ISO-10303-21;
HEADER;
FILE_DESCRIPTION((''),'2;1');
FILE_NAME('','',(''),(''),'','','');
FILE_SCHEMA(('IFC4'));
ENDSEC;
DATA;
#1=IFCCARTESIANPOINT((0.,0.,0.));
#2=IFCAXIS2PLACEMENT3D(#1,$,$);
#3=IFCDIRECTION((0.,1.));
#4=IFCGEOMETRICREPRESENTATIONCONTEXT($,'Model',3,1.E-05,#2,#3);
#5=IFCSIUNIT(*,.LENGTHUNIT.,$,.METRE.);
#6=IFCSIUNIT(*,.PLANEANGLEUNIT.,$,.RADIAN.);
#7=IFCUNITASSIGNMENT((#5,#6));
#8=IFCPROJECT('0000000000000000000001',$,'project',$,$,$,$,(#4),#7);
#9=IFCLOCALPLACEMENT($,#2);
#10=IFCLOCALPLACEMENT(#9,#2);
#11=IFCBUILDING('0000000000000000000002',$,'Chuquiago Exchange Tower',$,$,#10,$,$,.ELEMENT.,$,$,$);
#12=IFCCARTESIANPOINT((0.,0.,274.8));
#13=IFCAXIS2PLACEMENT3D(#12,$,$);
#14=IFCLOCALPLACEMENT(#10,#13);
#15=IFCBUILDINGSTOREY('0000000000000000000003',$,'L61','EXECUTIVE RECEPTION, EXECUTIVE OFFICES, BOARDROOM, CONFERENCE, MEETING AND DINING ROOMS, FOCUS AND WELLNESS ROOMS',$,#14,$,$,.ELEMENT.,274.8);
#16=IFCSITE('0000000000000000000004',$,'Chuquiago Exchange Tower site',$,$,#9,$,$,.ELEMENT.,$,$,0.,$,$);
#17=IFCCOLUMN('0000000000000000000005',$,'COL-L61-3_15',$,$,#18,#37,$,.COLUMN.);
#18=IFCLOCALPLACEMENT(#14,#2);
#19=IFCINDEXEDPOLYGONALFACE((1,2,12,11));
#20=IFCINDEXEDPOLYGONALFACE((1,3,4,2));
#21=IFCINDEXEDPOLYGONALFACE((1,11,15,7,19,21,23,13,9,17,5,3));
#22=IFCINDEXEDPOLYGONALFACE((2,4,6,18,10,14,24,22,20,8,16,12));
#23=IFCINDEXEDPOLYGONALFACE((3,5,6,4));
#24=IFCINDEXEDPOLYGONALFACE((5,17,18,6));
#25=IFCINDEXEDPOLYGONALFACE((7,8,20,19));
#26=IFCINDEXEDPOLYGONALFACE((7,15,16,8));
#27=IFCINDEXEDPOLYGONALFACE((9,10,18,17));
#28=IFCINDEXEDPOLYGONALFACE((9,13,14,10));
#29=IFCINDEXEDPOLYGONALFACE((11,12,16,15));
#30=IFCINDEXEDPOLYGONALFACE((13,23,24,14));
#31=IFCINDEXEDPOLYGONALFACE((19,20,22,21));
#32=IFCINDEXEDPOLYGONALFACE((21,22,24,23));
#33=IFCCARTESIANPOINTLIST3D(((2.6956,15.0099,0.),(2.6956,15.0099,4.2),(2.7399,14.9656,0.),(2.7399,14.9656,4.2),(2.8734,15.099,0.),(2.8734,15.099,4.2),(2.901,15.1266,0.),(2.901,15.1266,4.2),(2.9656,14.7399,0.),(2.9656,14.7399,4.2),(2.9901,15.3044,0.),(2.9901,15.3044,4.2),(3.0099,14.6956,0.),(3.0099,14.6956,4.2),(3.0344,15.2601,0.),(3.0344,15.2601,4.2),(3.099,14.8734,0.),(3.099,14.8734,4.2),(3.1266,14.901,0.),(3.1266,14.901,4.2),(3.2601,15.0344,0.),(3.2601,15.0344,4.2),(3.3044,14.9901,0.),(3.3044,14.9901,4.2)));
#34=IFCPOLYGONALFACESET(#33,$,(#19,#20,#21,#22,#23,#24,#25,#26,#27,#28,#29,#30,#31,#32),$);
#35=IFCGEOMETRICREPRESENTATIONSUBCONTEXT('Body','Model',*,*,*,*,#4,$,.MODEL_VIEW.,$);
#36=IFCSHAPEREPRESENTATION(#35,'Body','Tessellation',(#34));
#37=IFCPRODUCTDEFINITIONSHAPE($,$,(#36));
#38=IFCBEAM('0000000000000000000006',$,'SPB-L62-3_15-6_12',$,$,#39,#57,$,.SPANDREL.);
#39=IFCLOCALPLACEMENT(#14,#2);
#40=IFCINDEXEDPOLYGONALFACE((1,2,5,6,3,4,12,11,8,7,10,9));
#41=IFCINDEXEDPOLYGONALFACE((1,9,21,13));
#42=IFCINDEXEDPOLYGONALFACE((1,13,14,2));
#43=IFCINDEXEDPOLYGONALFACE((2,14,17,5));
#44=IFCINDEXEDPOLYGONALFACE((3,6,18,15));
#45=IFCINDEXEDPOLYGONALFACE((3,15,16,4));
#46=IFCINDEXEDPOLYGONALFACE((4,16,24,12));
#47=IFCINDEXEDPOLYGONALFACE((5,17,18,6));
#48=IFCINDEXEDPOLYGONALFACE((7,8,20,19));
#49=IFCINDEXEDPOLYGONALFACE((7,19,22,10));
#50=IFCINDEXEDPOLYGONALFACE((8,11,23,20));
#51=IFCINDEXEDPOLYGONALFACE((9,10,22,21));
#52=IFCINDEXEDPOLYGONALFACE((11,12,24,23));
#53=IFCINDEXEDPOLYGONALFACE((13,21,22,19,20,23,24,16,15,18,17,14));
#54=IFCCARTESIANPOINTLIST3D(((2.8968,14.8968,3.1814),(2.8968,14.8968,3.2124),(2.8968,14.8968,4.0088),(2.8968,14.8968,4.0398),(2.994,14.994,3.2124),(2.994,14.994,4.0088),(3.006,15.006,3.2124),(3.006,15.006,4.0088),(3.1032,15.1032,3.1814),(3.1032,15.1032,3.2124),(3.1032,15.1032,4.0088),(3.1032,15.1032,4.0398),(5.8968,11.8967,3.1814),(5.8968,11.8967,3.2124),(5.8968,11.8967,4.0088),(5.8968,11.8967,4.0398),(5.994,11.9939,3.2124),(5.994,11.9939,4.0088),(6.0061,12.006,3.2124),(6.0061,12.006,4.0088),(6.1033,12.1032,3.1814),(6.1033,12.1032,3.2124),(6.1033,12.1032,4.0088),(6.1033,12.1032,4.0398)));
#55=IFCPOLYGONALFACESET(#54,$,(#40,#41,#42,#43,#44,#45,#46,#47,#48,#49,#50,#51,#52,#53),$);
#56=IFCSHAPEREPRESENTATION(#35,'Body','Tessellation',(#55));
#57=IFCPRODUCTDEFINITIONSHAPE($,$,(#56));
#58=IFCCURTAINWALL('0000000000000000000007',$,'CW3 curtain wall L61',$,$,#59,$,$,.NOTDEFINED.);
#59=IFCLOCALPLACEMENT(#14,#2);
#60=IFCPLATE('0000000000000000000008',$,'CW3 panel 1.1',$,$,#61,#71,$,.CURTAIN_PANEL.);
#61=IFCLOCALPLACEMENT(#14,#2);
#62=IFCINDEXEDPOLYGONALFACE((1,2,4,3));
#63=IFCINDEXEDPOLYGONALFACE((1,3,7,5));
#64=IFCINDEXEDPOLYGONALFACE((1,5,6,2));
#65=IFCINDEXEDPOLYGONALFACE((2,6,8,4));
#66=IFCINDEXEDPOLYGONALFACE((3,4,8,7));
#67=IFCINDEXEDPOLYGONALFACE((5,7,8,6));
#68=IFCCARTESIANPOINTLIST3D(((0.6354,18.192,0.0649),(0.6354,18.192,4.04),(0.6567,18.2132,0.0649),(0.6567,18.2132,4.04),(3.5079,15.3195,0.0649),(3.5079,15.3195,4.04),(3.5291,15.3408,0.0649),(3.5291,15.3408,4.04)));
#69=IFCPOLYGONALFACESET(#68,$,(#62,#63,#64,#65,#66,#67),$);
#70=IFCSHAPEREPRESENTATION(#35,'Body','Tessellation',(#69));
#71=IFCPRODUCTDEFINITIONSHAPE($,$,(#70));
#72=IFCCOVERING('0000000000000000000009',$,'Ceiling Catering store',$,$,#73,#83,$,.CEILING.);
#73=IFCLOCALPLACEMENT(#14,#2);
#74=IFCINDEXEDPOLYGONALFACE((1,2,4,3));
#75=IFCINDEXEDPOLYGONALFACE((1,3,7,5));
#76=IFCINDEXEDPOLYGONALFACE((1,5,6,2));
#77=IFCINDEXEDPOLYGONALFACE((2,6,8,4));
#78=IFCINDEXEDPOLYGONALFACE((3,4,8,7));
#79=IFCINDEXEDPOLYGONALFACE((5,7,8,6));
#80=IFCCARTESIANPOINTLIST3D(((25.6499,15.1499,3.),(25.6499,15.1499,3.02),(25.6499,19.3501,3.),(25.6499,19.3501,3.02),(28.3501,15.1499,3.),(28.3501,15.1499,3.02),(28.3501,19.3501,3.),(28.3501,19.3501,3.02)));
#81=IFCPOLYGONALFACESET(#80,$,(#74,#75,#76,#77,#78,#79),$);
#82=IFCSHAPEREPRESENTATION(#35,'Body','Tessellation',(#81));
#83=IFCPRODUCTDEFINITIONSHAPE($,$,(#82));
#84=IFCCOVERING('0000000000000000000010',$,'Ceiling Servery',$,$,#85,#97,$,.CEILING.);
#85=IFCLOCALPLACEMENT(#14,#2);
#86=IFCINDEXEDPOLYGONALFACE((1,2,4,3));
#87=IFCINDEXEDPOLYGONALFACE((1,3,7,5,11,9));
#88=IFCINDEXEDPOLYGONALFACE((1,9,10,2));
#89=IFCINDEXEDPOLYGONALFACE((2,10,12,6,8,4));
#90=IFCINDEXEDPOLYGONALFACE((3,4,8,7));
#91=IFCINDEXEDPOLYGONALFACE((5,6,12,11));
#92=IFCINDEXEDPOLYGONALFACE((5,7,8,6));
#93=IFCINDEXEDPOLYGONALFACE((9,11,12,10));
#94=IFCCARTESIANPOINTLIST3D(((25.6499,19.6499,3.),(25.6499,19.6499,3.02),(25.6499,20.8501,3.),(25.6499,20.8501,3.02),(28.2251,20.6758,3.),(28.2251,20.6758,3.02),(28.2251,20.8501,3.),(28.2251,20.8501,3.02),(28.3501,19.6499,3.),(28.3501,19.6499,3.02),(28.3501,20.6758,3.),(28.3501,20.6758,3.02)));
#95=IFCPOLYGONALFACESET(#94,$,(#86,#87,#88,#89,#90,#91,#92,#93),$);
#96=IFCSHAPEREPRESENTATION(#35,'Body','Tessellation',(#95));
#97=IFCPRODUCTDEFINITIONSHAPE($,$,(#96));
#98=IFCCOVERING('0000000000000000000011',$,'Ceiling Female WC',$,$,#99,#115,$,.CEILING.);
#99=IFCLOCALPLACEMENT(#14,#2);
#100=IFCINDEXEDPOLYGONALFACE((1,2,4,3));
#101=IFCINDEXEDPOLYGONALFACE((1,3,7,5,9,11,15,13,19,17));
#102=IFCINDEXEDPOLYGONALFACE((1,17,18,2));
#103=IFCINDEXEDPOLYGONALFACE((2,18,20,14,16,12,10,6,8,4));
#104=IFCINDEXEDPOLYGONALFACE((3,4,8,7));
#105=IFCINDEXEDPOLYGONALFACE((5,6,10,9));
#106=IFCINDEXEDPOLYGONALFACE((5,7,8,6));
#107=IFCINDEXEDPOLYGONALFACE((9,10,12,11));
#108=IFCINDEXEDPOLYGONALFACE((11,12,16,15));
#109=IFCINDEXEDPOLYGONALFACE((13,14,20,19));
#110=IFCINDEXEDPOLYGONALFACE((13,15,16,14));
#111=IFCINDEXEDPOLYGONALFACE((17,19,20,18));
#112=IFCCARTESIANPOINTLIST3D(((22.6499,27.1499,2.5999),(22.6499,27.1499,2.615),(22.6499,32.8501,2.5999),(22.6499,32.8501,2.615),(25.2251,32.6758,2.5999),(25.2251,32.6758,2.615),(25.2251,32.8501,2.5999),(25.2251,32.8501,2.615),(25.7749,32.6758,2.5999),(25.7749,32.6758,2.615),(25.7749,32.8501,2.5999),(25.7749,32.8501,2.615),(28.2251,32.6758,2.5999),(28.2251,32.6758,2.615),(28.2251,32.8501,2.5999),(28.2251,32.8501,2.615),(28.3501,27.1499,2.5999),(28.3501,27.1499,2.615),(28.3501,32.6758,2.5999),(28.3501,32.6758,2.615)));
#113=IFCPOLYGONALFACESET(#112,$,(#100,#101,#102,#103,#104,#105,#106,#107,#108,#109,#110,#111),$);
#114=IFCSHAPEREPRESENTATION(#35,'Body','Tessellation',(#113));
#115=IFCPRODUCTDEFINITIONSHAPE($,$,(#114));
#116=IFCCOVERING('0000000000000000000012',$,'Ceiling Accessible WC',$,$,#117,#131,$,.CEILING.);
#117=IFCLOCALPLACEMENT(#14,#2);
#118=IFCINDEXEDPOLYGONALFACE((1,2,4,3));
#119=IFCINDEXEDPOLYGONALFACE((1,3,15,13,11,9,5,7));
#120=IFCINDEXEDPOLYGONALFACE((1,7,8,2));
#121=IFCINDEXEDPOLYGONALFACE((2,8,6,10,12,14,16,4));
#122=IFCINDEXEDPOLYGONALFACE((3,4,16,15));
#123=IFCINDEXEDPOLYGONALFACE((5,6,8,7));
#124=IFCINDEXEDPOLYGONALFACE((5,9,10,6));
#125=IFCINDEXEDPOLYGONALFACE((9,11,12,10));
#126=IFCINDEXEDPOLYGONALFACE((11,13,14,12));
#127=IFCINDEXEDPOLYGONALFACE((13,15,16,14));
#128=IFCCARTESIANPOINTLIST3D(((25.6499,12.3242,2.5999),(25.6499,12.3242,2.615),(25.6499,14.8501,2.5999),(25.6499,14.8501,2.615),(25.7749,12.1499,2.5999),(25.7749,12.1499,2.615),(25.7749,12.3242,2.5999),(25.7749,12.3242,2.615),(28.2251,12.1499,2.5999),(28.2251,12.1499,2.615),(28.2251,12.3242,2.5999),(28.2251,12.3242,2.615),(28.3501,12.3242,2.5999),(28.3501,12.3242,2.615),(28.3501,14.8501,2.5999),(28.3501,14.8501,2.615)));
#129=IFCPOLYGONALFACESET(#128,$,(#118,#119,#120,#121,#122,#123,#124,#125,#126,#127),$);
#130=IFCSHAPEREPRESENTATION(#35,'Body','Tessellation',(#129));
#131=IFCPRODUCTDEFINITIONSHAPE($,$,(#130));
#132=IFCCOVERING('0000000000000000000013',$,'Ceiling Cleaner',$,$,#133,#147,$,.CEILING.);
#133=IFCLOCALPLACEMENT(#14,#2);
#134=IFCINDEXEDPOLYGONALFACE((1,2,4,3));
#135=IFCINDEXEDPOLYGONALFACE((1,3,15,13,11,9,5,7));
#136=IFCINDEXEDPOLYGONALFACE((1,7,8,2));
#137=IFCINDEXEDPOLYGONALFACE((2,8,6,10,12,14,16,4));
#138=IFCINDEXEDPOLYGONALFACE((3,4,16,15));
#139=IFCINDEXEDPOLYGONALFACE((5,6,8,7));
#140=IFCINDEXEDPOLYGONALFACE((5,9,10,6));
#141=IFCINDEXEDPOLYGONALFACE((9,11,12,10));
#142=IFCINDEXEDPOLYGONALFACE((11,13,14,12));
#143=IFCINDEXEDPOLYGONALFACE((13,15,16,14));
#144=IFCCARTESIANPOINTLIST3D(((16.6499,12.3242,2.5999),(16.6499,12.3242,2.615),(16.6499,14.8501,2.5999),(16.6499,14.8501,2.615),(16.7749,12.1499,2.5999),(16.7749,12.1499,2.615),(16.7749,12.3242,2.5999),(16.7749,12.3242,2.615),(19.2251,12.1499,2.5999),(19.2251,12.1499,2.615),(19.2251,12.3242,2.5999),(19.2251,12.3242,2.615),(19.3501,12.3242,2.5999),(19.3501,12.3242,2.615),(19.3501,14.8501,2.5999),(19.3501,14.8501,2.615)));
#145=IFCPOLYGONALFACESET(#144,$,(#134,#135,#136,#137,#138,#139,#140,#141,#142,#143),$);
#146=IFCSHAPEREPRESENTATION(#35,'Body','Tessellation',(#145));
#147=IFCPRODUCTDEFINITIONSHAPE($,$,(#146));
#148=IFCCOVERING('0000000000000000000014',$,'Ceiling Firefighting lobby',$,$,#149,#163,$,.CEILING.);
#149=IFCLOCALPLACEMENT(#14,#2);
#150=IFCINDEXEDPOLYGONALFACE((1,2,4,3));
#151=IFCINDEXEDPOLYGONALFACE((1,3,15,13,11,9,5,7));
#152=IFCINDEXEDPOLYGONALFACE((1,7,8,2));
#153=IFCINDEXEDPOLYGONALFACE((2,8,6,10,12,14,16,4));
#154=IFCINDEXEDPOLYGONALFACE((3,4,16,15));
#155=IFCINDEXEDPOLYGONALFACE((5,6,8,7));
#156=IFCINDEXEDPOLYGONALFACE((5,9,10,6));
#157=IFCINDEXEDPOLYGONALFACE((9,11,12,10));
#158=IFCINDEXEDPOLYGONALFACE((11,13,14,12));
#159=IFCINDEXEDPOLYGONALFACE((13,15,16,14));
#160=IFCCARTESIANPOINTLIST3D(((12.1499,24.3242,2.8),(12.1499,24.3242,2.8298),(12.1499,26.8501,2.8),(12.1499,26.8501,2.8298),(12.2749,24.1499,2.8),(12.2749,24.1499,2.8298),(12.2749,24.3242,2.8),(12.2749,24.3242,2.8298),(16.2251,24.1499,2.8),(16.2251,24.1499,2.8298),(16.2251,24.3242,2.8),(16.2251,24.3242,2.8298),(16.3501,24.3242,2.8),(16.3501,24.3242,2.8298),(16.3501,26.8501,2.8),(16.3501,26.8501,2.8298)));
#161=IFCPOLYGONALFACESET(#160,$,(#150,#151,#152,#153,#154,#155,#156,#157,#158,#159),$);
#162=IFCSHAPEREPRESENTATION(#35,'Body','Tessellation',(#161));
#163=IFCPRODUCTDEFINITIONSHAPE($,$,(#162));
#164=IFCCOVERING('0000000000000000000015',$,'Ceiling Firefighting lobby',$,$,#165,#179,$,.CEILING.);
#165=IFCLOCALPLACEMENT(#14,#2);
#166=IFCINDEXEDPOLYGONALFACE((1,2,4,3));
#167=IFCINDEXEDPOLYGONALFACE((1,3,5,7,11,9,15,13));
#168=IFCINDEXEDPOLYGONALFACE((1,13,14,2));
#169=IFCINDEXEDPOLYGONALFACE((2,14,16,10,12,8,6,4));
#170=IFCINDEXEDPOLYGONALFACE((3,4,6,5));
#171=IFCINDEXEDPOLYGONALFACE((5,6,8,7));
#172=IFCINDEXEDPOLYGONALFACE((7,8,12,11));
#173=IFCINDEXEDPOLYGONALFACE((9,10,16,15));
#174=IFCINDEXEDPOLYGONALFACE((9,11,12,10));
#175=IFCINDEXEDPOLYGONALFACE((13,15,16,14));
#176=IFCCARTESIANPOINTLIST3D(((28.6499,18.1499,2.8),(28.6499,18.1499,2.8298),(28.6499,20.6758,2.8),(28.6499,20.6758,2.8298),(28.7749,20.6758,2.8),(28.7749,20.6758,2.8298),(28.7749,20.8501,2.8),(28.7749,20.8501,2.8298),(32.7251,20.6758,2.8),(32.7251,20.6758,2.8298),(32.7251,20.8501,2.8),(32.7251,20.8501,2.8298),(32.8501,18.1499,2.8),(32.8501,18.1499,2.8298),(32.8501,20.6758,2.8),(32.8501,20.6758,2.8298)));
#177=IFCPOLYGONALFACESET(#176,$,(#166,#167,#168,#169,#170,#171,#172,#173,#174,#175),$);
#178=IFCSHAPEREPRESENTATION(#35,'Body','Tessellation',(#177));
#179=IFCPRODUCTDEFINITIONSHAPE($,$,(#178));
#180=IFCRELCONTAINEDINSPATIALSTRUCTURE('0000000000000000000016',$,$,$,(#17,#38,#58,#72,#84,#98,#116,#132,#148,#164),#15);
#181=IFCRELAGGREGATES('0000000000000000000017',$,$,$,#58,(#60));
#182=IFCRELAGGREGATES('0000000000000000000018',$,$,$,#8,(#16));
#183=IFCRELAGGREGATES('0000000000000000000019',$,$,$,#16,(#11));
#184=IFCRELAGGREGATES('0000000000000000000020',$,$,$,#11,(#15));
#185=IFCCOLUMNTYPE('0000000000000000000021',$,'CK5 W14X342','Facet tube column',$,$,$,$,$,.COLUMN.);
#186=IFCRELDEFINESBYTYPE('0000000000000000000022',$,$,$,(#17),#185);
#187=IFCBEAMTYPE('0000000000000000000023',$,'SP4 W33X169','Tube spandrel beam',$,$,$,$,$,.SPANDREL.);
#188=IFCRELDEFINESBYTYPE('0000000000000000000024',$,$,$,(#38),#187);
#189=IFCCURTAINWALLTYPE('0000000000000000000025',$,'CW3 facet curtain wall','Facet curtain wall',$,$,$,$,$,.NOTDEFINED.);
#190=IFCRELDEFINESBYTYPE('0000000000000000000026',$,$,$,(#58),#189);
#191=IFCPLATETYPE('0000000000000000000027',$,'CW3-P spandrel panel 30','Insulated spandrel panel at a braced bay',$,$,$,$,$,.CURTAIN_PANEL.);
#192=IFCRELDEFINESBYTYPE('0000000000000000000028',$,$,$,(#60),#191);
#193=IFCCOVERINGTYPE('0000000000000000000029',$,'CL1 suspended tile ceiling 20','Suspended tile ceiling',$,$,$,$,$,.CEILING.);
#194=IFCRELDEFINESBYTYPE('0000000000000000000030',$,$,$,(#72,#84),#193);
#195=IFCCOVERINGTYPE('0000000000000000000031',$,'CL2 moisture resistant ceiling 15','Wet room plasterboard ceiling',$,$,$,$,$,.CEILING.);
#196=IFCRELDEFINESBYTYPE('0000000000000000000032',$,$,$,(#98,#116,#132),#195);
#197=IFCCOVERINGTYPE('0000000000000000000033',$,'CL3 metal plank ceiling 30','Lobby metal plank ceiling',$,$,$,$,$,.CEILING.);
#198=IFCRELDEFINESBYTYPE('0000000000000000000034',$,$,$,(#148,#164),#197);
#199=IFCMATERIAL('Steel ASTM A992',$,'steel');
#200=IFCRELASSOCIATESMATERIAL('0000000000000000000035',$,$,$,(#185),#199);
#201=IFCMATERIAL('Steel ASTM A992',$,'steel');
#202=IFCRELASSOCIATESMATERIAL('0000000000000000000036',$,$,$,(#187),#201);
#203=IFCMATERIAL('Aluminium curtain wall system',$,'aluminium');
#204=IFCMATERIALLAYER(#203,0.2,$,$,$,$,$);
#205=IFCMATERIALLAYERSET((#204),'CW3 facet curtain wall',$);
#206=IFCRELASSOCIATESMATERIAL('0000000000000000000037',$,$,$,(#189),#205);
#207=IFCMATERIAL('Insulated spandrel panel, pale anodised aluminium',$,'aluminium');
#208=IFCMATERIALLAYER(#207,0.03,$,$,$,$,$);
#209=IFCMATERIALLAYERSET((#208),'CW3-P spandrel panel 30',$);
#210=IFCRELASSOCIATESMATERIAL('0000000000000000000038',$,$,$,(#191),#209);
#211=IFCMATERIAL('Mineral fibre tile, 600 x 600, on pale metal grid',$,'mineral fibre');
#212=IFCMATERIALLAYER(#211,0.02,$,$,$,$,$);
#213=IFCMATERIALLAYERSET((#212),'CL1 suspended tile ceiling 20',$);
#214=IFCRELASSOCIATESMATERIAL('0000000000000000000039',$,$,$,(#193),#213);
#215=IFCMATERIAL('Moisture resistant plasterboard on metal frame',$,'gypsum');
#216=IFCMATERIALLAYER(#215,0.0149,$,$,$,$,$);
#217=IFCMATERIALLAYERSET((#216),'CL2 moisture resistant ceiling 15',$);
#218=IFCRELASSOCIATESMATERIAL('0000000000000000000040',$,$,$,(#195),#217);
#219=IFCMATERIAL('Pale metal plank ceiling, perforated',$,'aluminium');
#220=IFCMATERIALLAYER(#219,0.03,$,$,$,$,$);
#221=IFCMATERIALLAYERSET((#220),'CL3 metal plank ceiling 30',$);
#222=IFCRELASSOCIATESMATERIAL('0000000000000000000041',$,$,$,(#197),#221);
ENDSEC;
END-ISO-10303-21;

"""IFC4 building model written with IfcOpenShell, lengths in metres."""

from ifc_helpers import new_model, si_unit, direction, frame, origin, origin_2d, place, context, subcontext, project, spatial, polyline, rectangle, i_section, outline, extrude, material, layer, layer_set, material_profile, profile_set, type_object, element, aggregate, save


model = new_model("IFC4")

# Units and contexts
model_context = context("Model", 3, precision=1e-05, world=origin(), true_north=direction((0.0, 1.0)))
body_context = subcontext(model_context, "Body", "Model", "MODEL_VIEW")
ifc_project = project(units=[si_unit("LENGTHUNIT", "METRE"), si_unit("PLANEANGLEUNIT", "RADIAN")], contexts=[model_context])

# Site, building, storey
site_placement = place(None, origin())
site = spatial("IfcSite", under=ifc_project, at=site_placement, Name="Chuquiago Exchange Tower site", CompositionType="ELEMENT", RefElevation=0.0)
building_placement = place(site_placement, origin())
building = spatial("IfcBuilding", under=site, at=building_placement, Name="Chuquiago Exchange Tower", CompositionType="ELEMENT")
storey_placement = place(building_placement, frame((0.0, 0.0, 274.8)))
storey = spatial("IfcBuildingStorey", under=building, at=storey_placement, Name="L61", Description="EXECUTIVE RECEPTION, EXECUTIVE OFFICES, BOARDROOM, CONFERENCE, MEETING AND DINING ROOMS, FOCUS AND WELLNESS ROOMS", CompositionType="ELEMENT", Elevation=274.8)

# Column
ifc_material_1 = material(Name="Steel ASTM A992", Category="steel")
ifc_material_profile_1 = material_profile(ifc_material_1, i_section(OverallWidth=0.4165, OverallDepth=0.4446, WebThickness=0.0391, FlangeThickness=0.0627, at=origin_2d()), Name="W14X342")
ifc_profile_set_1 = profile_set([ifc_material_profile_1], Name="Steel ASTM A992")
column_type = type_object("IfcColumnType", Name="CK5 W14X342", Description="Facet tube column", PredefinedType="COLUMN", material=ifc_profile_set_1)
column_placement = place(storey_placement, frame((3.0, 15.0, 0.0), z_axis=(0.0, 0.0, 1.0), x_axis=(-0.707107, -0.707107, 0.0)))
element("IfcColumn", 1, at=column_placement, inside=storey, type_object=column_type, Name="COL-L61-3_15", PredefinedType="COLUMN", context=body_context, shape_type="SweptSolid", body=[
    extrude(i_section(OverallWidth=0.4165, OverallDepth=0.4446, WebThickness=0.0391, FlangeThickness=0.0627, at=origin_2d()), origin(), (0.0, 0.0, 1.0), 4.2),
])

# Beam
ifc_material_2 = material(Name="Steel ASTM A992", Category="steel")
ifc_material_profile_2 = material_profile(ifc_material_2, i_section(OverallWidth=0.292, OverallDepth=0.8584, WebThickness=0.0171, FlangeThickness=0.031, at=origin_2d()), Name="W33X169")
ifc_profile_set_2 = profile_set([ifc_material_profile_2], Name="Steel ASTM A992")
beam_type = type_object("IfcBeamType", Name="SP4 W33X169", Description="Tube spandrel beam", PredefinedType="SPANDREL", material=ifc_profile_set_2)
beam_placement = place(storey_placement, frame((3.0, 15.0, 3.6106), z_axis=(0.707107, -0.707107, 0.0), x_axis=(0.707107, 0.707107, 0.0)))
element("IfcBeam", 2, at=beam_placement, inside=storey, type_object=beam_type, Name="SPB-L62-3_15-6_12", PredefinedType="SPANDREL", context=body_context, shape_type="SweptSolid", body=[
    extrude(i_section(OverallWidth=0.292, OverallDepth=0.8584, WebThickness=0.0171, FlangeThickness=0.031, at=origin_2d()), origin(), (0.0, 0.0, 1.0), 4.2427),
])

# Curtain wall, plate
ifc_material_3 = material(Name="Aluminium curtain wall system", Category="aluminium")
ifc_layer_1 = layer(ifc_material_3, 0.2)
ifc_layer_set_1 = layer_set([ifc_layer_1], Name="CW3 facet curtain wall")
curtain_wall_type = type_object("IfcCurtainWallType", Name="CW3 facet curtain wall", Description="Facet curtain wall", PredefinedType="NOTDEFINED", material=ifc_layer_set_1)
curtain_wall_placement = place(storey_placement, origin())
curtain_wall = element("IfcCurtainWall", 3, at=curtain_wall_placement, inside=storey, type_object=curtain_wall_type, Name="CW3 curtain wall L61", PredefinedType="NOTDEFINED")
ifc_material_4 = material(Name="Insulated spandrel panel, pale anodised aluminium", Category="aluminium")
ifc_layer_2 = layer(ifc_material_4, 0.03)
ifc_layer_set_2 = layer_set([ifc_layer_2], Name="CW3-P spandrel panel 30")
plate_type = type_object("IfcPlateType", Name="CW3-P spandrel panel 30", Description="Insulated spandrel panel at a braced bay", PredefinedType="CURTAIN_PANEL", material=ifc_layer_set_2)
plate_placement = place(storey_placement, frame((2.0823, 16.7664, 0.0649), z_axis=(0.0, 0.0, 1.0), x_axis=(0.707107, -0.707107, 0.0)))
plate = element("IfcPlate", 4, at=plate_placement, type_object=plate_type, Name="CW3 panel 1.1", PredefinedType="CURTAIN_PANEL", context=body_context, shape_type="SweptSolid", body=[
    extrude(rectangle(XDim=4.0623, YDim=0.03, at=origin_2d()), origin(), (0.0, 0.0, 1.0), 3.9751),
])
aggregate(curtain_wall, [plate])

# Coverings
ifc_material_5 = material(Name="Mineral fibre tile, 600 x 600, on pale metal grid", Category="mineral fibre")
ifc_layer_3 = layer(ifc_material_5, 0.02)
ifc_layer_set_3 = layer_set([ifc_layer_3], Name="CL1 suspended tile ceiling 20")
covering_type_1 = type_object("IfcCoveringType", Name="CL1 suspended tile ceiling 20", Description="Suspended tile ceiling", PredefinedType="CEILING", material=ifc_layer_set_3)
covering_1_placement = place(storey_placement, frame((0.0, 0.0, 3.0)))
element("IfcCovering", 5, at=covering_1_placement, inside=storey, type_object=covering_type_1, Name="Ceiling Catering store", PredefinedType="CEILING", context=body_context, shape_type="SweptSolid", body=[
    extrude(outline(polyline([(25.6499, 15.1499), (25.6499, 19.3501), (28.3501, 19.3501), (28.3501, 15.1499), (25.6499, 15.1499)])), origin(), (0.0, 0.0, 1.0), 0.02),
])
covering_2_placement = place(storey_placement, frame((0.0, 0.0, 3.0)))
element("IfcCovering", 6, at=covering_2_placement, inside=storey, type_object=covering_type_1, Name="Ceiling Servery", PredefinedType="CEILING", context=body_context, shape_type="SweptSolid", body=[
    extrude(outline(polyline([(25.6499, 19.6499), (25.6499, 20.8501), (28.2251, 20.8501), (28.2251, 20.6758), (28.3501, 20.6758), (28.3501, 19.6499), (25.6499, 19.6499)])), origin(), (0.0, 0.0, 1.0), 0.02),
])
ifc_material_6 = material(Name="Moisture resistant plasterboard on metal frame", Category="gypsum")
ifc_layer_4 = layer(ifc_material_6, 0.0149)
ifc_layer_set_4 = layer_set([ifc_layer_4], Name="CL2 moisture resistant ceiling 15")
covering_type_2 = type_object("IfcCoveringType", Name="CL2 moisture resistant ceiling 15", Description="Wet room plasterboard ceiling", PredefinedType="CEILING", material=ifc_layer_set_4)
covering_3_placement = place(storey_placement, frame((0.0, 0.0, 2.5999)))
element("IfcCovering", 7, at=covering_3_placement, inside=storey, type_object=covering_type_2, Name="Ceiling Female WC", PredefinedType="CEILING", context=body_context, shape_type="SweptSolid", body=[
    extrude(outline(polyline([(22.6499, 27.1499), (22.6499, 32.8501), (25.2251, 32.8501), (25.2251, 32.6758), (25.7749, 32.6758), (25.7749, 32.8501), (28.2251, 32.8501), (28.2251, 32.6758), (28.3501, 32.6758), (28.3501, 27.1499), (22.6499, 27.1499)])), origin(), (0.0, 0.0, 1.0), 0.0151),
])
covering_4_placement = place(storey_placement, frame((0.0, 0.0, 2.5999)))
element("IfcCovering", 8, at=covering_4_placement, inside=storey, type_object=covering_type_2, Name="Ceiling Accessible WC", PredefinedType="CEILING", context=body_context, shape_type="SweptSolid", body=[
    extrude(outline(polyline([(25.7749, 12.1499), (25.7749, 12.3242), (25.6499, 12.3242), (25.6499, 14.8501), (28.3501, 14.8501), (28.3501, 12.3242), (28.2251, 12.3242), (28.2251, 12.1499), (25.7749, 12.1499)])), origin(), (0.0, 0.0, 1.0), 0.0151),
])
covering_5_placement = place(storey_placement, frame((0.0, 0.0, 2.5999)))
element("IfcCovering", 9, at=covering_5_placement, inside=storey, type_object=covering_type_2, Name="Ceiling Cleaner", PredefinedType="CEILING", context=body_context, shape_type="SweptSolid", body=[
    extrude(outline(polyline([(16.7749, 12.1499), (16.7749, 12.3242), (16.6499, 12.3242), (16.6499, 14.8501), (19.3501, 14.8501), (19.3501, 12.3242), (19.2251, 12.3242), (19.2251, 12.1499), (16.7749, 12.1499)])), origin(), (0.0, 0.0, 1.0), 0.0151),
])
ifc_material_7 = material(Name="Pale metal plank ceiling, perforated", Category="aluminium")
ifc_layer_5 = layer(ifc_material_7, 0.03)
ifc_layer_set_5 = layer_set([ifc_layer_5], Name="CL3 metal plank ceiling 30")
covering_type_3 = type_object("IfcCoveringType", Name="CL3 metal plank ceiling 30", Description="Lobby metal plank ceiling", PredefinedType="CEILING", material=ifc_layer_set_5)
covering_6_placement = place(storey_placement, frame((0.0, 0.0, 2.8)))
element("IfcCovering", 10, at=covering_6_placement, inside=storey, type_object=covering_type_3, Name="Ceiling Firefighting lobby", PredefinedType="CEILING", context=body_context, shape_type="SweptSolid", body=[
    extrude(outline(polyline([(12.2749, 24.1499), (12.2749, 24.3242), (12.1499, 24.3242), (12.1499, 26.8501), (16.3501, 26.8501), (16.3501, 24.3242), (16.2251, 24.3242), (16.2251, 24.1499), (12.2749, 24.1499)])), origin(), (0.0, 0.0, 1.0), 0.0298),
])
covering_7_placement = place(storey_placement, frame((0.0, 0.0, 2.8)))
element("IfcCovering", 11, at=covering_7_placement, inside=storey, type_object=covering_type_3, Name="Ceiling Firefighting lobby", PredefinedType="CEILING", context=body_context, shape_type="SweptSolid", body=[
    extrude(outline(polyline([(28.6499, 18.1499), (28.6499, 20.6758), (28.7749, 20.6758), (28.7749, 20.8501), (32.7251, 20.8501), (32.7251, 20.6758), (32.8501, 20.6758), (32.8501, 18.1499), (28.6499, 18.1499)])), origin(), (0.0, 0.0, 1.0), 0.0298),
])

save(model, "model.ifc")
